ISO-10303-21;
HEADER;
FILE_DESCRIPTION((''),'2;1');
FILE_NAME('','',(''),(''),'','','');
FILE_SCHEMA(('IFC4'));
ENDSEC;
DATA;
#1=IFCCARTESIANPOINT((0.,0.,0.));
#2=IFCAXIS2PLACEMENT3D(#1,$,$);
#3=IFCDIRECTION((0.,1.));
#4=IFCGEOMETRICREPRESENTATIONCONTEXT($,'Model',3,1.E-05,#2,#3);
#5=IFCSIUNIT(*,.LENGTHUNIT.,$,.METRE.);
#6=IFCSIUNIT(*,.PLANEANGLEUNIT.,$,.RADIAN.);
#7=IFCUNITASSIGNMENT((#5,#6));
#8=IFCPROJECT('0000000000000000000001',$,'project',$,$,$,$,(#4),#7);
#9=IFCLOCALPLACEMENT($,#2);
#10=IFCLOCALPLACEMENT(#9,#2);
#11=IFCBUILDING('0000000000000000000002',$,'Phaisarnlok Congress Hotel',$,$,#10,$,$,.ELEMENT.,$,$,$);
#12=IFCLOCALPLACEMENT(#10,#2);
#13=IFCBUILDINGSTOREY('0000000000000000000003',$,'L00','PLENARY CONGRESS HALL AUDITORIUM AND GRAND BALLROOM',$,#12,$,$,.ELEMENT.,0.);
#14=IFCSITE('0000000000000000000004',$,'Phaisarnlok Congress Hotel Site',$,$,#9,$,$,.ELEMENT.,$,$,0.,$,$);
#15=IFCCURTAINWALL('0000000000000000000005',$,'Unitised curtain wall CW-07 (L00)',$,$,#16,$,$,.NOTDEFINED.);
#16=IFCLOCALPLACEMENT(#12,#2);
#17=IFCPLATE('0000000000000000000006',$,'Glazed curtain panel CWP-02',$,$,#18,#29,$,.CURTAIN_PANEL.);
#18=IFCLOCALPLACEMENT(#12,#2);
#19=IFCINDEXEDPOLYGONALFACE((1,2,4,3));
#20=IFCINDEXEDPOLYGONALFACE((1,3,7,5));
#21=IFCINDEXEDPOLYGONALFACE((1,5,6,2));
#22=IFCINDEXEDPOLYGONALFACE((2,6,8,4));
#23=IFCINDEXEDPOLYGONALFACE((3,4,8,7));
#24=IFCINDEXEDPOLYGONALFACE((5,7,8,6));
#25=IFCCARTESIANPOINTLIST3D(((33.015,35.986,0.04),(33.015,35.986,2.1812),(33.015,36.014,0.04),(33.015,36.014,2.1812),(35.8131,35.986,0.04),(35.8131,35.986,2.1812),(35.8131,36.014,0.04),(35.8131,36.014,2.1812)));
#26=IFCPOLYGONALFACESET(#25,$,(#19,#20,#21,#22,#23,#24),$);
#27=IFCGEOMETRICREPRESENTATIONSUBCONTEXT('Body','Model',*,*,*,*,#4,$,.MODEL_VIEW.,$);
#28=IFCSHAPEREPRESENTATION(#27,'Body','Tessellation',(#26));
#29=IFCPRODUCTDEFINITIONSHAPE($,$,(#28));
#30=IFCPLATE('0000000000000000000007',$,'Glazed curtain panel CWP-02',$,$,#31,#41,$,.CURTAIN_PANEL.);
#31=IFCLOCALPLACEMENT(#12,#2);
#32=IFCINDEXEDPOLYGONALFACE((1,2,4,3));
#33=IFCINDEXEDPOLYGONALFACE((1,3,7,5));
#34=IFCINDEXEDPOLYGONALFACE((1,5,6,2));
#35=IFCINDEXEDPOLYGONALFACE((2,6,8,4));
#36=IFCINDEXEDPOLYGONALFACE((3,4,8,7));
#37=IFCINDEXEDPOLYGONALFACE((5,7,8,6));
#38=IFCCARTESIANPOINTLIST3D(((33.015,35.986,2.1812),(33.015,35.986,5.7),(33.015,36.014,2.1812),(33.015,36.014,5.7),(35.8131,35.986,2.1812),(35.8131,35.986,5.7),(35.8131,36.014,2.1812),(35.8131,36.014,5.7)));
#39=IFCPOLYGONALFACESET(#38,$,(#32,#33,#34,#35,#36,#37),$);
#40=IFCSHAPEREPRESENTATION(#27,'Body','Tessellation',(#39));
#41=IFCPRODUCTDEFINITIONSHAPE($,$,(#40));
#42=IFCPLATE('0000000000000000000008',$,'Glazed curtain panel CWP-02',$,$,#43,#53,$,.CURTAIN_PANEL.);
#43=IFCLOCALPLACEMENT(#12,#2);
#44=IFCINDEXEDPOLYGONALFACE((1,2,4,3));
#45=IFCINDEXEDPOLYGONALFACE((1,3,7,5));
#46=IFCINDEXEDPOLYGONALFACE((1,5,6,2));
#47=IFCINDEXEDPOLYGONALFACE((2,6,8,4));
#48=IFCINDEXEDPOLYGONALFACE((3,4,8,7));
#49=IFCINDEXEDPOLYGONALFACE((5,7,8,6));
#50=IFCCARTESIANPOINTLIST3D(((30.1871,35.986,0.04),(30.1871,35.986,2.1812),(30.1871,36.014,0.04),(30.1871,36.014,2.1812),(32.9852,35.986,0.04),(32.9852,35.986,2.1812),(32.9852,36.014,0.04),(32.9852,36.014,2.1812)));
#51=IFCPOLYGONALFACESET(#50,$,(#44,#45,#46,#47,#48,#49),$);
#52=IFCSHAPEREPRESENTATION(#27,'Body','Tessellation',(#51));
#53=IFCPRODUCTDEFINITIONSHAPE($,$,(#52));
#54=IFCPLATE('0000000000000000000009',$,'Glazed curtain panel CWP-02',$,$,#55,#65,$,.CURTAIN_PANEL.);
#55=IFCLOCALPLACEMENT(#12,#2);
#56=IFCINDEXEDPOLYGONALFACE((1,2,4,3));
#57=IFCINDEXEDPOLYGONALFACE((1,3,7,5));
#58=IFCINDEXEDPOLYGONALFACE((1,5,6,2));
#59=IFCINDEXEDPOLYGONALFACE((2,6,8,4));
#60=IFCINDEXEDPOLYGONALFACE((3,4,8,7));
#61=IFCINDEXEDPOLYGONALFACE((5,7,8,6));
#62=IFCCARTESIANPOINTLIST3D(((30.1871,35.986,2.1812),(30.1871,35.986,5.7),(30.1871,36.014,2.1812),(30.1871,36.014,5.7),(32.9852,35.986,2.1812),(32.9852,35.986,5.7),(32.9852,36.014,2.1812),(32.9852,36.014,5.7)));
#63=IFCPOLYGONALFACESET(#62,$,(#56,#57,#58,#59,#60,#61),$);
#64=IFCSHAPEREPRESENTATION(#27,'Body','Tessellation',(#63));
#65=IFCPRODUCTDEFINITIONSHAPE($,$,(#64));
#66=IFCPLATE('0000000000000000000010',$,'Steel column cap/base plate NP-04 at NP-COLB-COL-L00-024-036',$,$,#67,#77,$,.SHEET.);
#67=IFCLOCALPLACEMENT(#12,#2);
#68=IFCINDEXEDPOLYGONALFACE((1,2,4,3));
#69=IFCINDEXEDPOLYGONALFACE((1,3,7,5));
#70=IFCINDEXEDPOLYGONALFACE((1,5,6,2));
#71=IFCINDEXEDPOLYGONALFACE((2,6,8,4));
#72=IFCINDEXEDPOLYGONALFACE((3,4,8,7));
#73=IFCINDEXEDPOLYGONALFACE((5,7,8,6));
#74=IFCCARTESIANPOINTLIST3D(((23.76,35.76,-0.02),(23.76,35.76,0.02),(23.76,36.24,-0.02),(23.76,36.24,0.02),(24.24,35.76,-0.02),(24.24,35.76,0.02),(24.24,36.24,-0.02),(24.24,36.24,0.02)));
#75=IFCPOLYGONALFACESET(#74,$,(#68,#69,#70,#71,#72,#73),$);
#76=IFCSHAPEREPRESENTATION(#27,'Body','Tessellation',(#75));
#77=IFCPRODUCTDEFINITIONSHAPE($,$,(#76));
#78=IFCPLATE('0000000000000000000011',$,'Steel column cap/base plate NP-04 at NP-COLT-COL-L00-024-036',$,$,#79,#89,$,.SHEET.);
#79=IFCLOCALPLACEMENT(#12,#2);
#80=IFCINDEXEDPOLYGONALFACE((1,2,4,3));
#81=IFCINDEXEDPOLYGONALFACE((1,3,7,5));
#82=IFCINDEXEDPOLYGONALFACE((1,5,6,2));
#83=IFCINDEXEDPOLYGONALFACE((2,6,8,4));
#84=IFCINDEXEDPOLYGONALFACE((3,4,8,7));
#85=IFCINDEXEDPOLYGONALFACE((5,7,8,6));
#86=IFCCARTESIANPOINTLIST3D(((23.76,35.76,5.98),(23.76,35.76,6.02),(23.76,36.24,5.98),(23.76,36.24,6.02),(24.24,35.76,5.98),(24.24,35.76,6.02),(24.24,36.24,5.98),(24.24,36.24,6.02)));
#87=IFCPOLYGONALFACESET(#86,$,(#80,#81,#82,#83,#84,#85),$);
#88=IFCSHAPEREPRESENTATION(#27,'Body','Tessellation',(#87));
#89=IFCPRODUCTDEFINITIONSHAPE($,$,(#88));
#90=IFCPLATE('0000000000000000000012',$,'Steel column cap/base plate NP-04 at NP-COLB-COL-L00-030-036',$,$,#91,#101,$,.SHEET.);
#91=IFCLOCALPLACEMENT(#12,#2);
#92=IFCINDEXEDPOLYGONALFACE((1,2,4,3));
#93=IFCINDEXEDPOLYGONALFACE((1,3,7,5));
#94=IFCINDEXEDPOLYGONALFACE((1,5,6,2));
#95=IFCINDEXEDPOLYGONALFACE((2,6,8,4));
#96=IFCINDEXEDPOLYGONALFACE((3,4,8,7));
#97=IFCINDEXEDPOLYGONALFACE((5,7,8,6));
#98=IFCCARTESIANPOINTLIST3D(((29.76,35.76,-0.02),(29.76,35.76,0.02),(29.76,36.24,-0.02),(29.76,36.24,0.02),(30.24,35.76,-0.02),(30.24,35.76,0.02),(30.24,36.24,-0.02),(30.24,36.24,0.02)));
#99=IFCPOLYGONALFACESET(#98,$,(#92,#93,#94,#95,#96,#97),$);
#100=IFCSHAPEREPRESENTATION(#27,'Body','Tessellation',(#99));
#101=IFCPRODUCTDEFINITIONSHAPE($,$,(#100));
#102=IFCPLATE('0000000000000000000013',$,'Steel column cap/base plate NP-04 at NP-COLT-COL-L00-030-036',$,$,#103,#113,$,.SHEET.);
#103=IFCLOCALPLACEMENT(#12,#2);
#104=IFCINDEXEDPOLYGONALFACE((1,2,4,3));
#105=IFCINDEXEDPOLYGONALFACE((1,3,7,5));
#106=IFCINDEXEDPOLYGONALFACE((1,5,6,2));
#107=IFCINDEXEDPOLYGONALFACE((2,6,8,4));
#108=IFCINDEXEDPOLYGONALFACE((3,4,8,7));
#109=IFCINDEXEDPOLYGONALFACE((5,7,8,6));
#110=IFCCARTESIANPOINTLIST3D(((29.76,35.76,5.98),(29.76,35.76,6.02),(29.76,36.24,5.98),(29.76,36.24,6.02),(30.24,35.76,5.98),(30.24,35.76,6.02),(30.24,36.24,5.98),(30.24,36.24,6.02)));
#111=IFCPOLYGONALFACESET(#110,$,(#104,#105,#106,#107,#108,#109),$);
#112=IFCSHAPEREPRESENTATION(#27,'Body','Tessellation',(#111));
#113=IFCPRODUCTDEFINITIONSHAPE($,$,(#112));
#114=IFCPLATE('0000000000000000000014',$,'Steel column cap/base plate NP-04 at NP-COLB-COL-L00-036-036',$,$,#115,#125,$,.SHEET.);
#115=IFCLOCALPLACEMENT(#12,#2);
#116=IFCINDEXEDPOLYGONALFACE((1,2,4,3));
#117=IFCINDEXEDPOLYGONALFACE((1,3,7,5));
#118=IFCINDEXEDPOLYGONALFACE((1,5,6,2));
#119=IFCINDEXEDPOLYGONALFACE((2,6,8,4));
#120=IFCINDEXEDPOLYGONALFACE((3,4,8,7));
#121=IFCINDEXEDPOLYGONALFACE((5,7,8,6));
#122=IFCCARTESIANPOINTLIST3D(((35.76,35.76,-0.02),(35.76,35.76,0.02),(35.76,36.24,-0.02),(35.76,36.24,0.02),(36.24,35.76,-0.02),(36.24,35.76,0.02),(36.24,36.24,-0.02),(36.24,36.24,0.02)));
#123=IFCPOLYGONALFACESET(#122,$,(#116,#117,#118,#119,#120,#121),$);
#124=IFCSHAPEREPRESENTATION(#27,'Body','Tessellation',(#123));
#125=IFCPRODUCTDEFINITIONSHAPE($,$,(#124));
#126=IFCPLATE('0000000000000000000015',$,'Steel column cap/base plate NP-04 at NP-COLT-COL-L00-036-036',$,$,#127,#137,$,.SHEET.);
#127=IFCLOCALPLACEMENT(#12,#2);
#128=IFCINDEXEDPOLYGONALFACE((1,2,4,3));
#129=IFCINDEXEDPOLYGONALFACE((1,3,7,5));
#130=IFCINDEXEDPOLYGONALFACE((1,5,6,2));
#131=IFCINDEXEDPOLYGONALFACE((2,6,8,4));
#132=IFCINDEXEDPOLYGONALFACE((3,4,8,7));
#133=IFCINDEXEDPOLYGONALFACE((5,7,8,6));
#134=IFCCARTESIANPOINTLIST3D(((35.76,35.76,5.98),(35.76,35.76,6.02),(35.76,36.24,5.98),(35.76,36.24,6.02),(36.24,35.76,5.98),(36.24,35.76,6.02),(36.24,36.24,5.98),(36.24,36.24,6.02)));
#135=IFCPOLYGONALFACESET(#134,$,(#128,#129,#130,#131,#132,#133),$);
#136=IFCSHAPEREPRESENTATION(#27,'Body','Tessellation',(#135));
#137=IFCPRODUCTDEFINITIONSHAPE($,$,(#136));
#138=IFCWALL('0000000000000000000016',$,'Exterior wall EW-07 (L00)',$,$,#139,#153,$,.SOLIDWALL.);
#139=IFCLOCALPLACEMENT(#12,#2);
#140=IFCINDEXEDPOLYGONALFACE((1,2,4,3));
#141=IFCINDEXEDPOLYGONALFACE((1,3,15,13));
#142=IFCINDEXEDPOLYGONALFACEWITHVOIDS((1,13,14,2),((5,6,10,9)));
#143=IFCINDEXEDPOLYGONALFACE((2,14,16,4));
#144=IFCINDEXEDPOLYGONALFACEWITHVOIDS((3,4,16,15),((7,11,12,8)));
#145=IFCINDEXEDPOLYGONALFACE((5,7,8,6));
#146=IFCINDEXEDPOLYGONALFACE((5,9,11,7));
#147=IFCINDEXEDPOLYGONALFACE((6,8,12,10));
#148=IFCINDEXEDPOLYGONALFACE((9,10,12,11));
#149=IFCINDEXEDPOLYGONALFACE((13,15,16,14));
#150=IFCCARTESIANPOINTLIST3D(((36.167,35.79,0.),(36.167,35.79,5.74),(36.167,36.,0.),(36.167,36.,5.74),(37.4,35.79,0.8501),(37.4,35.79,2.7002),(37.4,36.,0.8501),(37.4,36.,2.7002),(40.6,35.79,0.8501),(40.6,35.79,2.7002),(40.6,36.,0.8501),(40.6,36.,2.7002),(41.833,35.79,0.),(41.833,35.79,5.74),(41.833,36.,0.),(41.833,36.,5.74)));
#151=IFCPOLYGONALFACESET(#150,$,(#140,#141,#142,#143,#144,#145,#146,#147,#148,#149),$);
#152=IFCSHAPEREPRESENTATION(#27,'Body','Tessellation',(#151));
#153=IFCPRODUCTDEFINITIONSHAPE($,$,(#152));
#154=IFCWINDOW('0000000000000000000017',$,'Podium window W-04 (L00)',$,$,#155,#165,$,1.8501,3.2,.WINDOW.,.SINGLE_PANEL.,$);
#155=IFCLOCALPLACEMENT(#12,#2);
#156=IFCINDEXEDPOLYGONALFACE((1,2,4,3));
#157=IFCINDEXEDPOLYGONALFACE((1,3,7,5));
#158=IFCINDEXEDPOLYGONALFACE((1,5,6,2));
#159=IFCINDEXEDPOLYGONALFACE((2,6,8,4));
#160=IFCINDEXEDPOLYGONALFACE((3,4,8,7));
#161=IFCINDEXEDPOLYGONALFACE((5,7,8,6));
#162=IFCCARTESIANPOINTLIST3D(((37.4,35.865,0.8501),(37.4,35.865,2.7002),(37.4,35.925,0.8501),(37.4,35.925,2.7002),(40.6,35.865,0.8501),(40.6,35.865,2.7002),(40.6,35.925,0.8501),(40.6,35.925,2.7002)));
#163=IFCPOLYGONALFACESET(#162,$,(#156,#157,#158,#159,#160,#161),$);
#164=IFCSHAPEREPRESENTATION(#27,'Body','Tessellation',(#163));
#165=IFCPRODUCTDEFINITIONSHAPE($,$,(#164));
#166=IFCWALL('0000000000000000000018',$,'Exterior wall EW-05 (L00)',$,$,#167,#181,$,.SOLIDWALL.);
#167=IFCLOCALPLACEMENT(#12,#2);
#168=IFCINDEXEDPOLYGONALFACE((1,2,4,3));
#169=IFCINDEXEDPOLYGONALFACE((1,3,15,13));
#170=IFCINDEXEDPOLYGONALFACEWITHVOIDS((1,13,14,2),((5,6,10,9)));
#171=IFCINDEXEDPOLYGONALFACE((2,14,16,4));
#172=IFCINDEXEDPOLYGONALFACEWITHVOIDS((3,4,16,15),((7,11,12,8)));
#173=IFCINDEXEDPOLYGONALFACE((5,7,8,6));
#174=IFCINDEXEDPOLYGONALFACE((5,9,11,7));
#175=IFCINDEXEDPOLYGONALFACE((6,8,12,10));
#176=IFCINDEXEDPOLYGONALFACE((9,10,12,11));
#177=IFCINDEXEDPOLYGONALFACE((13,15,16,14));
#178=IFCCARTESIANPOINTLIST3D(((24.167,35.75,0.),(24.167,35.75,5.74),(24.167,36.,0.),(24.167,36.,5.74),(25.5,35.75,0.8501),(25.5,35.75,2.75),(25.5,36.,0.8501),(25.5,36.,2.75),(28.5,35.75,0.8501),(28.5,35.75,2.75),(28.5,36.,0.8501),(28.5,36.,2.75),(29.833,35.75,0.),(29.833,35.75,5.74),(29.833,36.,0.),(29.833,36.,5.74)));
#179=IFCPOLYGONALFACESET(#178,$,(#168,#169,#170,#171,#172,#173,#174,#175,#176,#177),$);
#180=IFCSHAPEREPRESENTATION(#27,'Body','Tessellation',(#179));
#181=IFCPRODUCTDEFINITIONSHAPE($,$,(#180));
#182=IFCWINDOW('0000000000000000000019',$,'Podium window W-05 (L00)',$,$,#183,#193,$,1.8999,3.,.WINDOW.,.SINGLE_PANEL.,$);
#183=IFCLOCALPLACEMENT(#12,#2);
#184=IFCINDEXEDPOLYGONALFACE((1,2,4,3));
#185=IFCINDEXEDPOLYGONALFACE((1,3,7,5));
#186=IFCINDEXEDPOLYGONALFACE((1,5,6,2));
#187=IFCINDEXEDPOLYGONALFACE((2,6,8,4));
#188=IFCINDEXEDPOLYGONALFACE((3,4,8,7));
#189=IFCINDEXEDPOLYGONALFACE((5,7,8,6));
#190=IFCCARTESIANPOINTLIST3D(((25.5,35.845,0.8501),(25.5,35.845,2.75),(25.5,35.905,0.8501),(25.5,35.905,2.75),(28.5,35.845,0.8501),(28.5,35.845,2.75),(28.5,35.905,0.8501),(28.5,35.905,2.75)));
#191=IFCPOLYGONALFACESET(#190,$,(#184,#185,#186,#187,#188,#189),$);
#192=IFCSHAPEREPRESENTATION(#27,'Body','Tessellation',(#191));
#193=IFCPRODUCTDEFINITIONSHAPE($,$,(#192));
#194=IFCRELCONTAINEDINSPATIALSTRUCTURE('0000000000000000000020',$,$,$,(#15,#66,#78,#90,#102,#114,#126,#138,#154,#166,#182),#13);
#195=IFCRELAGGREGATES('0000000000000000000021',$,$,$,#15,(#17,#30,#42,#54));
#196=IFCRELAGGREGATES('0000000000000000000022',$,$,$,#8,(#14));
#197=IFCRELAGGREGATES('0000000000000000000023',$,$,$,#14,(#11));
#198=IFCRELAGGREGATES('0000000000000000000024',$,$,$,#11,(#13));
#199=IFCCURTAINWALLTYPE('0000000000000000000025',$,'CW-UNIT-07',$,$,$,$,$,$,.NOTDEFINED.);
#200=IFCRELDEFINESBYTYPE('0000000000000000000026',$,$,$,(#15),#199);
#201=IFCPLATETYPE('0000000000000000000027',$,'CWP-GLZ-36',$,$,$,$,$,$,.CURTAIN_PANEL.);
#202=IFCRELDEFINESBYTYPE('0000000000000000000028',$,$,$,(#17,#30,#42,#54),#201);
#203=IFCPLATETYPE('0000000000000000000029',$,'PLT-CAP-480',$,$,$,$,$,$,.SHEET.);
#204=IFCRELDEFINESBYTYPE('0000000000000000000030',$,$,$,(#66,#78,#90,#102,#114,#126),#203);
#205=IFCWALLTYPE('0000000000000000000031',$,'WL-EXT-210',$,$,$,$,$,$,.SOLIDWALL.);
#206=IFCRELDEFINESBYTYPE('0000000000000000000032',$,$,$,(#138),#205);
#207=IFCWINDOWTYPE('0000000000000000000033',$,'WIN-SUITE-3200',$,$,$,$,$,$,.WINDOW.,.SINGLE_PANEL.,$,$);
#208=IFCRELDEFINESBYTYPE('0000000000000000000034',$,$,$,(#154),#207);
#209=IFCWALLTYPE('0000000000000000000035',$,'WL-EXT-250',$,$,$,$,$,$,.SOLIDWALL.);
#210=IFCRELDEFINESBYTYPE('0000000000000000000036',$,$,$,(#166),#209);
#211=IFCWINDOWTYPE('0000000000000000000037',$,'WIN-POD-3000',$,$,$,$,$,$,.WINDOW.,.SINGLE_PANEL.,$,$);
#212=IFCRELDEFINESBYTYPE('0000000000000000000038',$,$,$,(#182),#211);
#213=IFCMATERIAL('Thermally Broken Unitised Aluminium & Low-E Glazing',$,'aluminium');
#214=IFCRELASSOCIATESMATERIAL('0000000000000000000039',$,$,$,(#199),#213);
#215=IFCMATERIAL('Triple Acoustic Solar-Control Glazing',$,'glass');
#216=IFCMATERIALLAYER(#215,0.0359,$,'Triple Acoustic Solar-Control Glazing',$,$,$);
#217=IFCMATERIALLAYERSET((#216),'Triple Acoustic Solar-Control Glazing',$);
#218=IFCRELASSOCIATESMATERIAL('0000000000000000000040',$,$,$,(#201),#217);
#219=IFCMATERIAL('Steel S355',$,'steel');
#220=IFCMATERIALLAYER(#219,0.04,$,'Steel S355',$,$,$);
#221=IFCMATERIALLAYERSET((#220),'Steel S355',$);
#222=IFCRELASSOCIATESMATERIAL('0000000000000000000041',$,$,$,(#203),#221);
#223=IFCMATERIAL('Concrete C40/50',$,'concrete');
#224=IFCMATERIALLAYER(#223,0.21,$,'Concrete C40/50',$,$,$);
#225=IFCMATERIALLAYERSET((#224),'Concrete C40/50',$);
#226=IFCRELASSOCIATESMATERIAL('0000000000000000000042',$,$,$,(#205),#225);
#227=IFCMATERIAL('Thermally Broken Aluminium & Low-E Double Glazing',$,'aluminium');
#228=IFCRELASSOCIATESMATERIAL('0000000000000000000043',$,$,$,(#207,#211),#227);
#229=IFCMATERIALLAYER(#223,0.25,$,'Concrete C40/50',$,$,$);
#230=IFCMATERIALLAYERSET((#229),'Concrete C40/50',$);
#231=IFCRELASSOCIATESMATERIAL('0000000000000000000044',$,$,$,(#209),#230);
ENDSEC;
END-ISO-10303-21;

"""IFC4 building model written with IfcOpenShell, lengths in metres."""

from ifc_helpers import new_model, si_unit, direction, frame, frame_2d, origin, origin_2d, place, context, subcontext, project, spatial, rectangle, extrude, material, layer, layer_set, type_object, element, fill, aggregate, save


model = new_model("IFC4")

# Units and contexts
model_context = context("Model", 3, precision=1e-05, world=origin(), true_north=direction((0.0, 1.0)))
body_context = subcontext(model_context, "Body", "Model", "MODEL_VIEW")
ifc_project = project(units=[si_unit("LENGTHUNIT", "METRE"), si_unit("PLANEANGLEUNIT", "RADIAN")], contexts=[model_context])

# Site, building, storey
site_placement = place(None, origin())
site = spatial("IfcSite", under=ifc_project, at=site_placement, Name="Phaisarnlok Congress Hotel Site", CompositionType="ELEMENT", RefElevation=0.0)
building_placement = place(site_placement, origin())
building = spatial("IfcBuilding", under=site, at=building_placement, Name="Phaisarnlok Congress Hotel", CompositionType="ELEMENT")
storey_placement = place(building_placement, origin())
storey = spatial("IfcBuildingStorey", under=building, at=storey_placement, Name="L00", Description="PLENARY CONGRESS HALL AUDITORIUM AND GRAND BALLROOM", CompositionType="ELEMENT", Elevation=0.0)

# Shared definitions
ifc_material_1 = material(Name="Steel S355", Category="steel")

# Curtain wall
ifc_material_2 = material(Name="Thermally Broken Unitised Aluminium & Low-E Glazing", Category="aluminium")
curtain_wall_type = type_object("IfcCurtainWallType", Name="CW-UNIT-07", PredefinedType="NOTDEFINED", material=ifc_material_2)
curtain_wall_placement = place(storey_placement, origin())
curtain_wall = element("IfcCurtainWall", 1, at=curtain_wall_placement, inside=storey, type_object=curtain_wall_type, Name="Unitised curtain wall CW-07 (L00)", PredefinedType="NOTDEFINED")

# Shared definitions
ifc_material_3 = material(Name="Concrete C40/50", Category="concrete")

# Plates
ifc_material_4 = material(Name="Triple Acoustic Solar-Control Glazing", Category="glass")
ifc_layer_1 = layer(ifc_material_4, 0.0359, Name="Triple Acoustic Solar-Control Glazing")
ifc_layer_set_1 = layer_set([ifc_layer_1], Name="Triple Acoustic Solar-Control Glazing")
plate_type_1 = type_object("IfcPlateType", Name="CWP-GLZ-36", PredefinedType="CURTAIN_PANEL", material=ifc_layer_set_1)
plate_1_placement = place(storey_placement, frame((35.813, 36.0, 0.04), z_axis=(0.0, 0.0, 1.0), x_axis=(-1.0, 0.0, 0.0)))
plate_1 = element("IfcPlate", 2, at=plate_1_placement, type_object=plate_type_1, Name="Glazed curtain panel CWP-02", PredefinedType="CURTAIN_PANEL", context=body_context, shape_type="SweptSolid", body=[
    extrude(rectangle(XDim=2.7981, YDim=0.0281, at=frame_2d((1.3989, 0.0))), origin(), (0.0, 0.0, 1.0), 2.1411),
])
plate_2_placement = place(storey_placement, frame((35.813, 36.0, 2.1812), z_axis=(0.0, 0.0, 1.0), x_axis=(-1.0, 0.0, 0.0)))
plate_2 = element("IfcPlate", 3, at=plate_2_placement, type_object=plate_type_1, Name="Glazed curtain panel CWP-02", PredefinedType="CURTAIN_PANEL", context=body_context, shape_type="SweptSolid", body=[
    extrude(rectangle(XDim=2.7981, YDim=0.0281, at=frame_2d((1.3989, 0.0))), origin(), (0.0, 0.0, 1.0), 3.5188),
])
plate_3_placement = place(storey_placement, frame((32.9851, 36.0, 0.04), z_axis=(0.0, 0.0, 1.0), x_axis=(-1.0, 0.0, 0.0)))
plate_3 = element("IfcPlate", 4, at=plate_3_placement, type_object=plate_type_1, Name="Glazed curtain panel CWP-02", PredefinedType="CURTAIN_PANEL", context=body_context, shape_type="SweptSolid", body=[
    extrude(rectangle(XDim=2.7981, YDim=0.0281, at=frame_2d((1.3989, 0.0))), origin(), (0.0, 0.0, 1.0), 2.1411),
])
plate_4_placement = place(storey_placement, frame((32.9851, 36.0, 2.1812), z_axis=(0.0, 0.0, 1.0), x_axis=(-1.0, 0.0, 0.0)))
plate_4 = element("IfcPlate", 5, at=plate_4_placement, type_object=plate_type_1, Name="Glazed curtain panel CWP-02", PredefinedType="CURTAIN_PANEL", context=body_context, shape_type="SweptSolid", body=[
    extrude(rectangle(XDim=2.7981, YDim=0.0281, at=frame_2d((1.3989, 0.0))), origin(), (0.0, 0.0, 1.0), 3.5188),
])
aggregate(curtain_wall, [plate_1, plate_2, plate_3, plate_4])

# Plates
ifc_layer_2 = layer(ifc_material_1, 0.04, Name="Steel S355")
ifc_layer_set_2 = layer_set([ifc_layer_2], Name="Steel S355")
plate_type_2 = type_object("IfcPlateType", Name="PLT-CAP-480", PredefinedType="SHEET", material=ifc_layer_set_2)
for number, where, z_axis, x_axis, name in (
    (6, (24.0, 36.0, -0.02), (0.0, 0.0, 1.0), (1.0, 0.0, 0.0), "Steel column cap/base plate NP-04 at NP-COLB-COL-L00-024-036"),
    (7, (24.0, 36.0, 5.98), (0.0, 0.0, 1.0), (1.0, 0.0, 0.0), "Steel column cap/base plate NP-04 at NP-COLT-COL-L00-024-036"),
    (8, (30.0, 36.0, -0.02), (0.0, 0.0, 1.0), (1.0, 0.0, 0.0), "Steel column cap/base plate NP-04 at NP-COLB-COL-L00-030-036"),
    (9, (30.0, 36.0, 5.98), (0.0, 0.0, 1.0), (1.0, 0.0, 0.0), "Steel column cap/base plate NP-04 at NP-COLT-COL-L00-030-036"),
    (10, (36.0, 36.0, -0.02), (0.0, 0.0, 1.0), (1.0, 0.0, 0.0), "Steel column cap/base plate NP-04 at NP-COLB-COL-L00-036-036"),
    (11, (36.0, 36.0, 5.98), (0.0, 0.0, 1.0), (1.0, 0.0, 0.0), "Steel column cap/base plate NP-04 at NP-COLT-COL-L00-036-036"),
):
    element("IfcPlate", number, at=place(storey_placement, frame(where, z_axis=z_axis, x_axis=x_axis)), inside=storey, type_object=plate_type_2, Name=name, PredefinedType="SHEET", context=body_context, shape_type="SweptSolid", body=[
        extrude(rectangle(XDim=0.48, YDim=0.48, at=origin_2d()), origin(), (0.0, 0.0, 1.0), 0.04),
    ])

# Walls, openings, windows
ifc_layer_3 = layer(ifc_material_3, 0.21, Name="Concrete C40/50")
ifc_layer_set_3 = layer_set([ifc_layer_3], Name="Concrete C40/50")
wall_type_1 = type_object("IfcWallType", Name="WL-EXT-210", PredefinedType="SOLIDWALL", material=ifc_layer_set_3)
wall_1_placement = place(storey_placement, frame((41.833, 35.895, 0.0), z_axis=(0.0, 0.0, 1.0), x_axis=(-1.0, 0.0, 0.0)))
wall_1 = element("IfcWall", 12, at=wall_1_placement, inside=storey, type_object=wall_type_1, Name="Exterior wall EW-07 (L00)", PredefinedType="SOLIDWALL", context=body_context, shape_type="SweptSolid", body=[
    extrude(rectangle(XDim=5.666, YDim=0.21, at=frame_2d((2.833, 0.0))), origin(), (0.0, 0.0, 1.0), 5.74),
])
opening_1_placement = place(wall_1_placement, frame((1.2329, 0.0, 0.8501)))
opening_1 = element("IfcOpeningElement", 13, at=opening_1_placement, cuts=wall_1, PredefinedType="OPENING", context=body_context, shape_type="SweptSolid", body=[
    extrude(rectangle(XDim=3.2, YDim=1.8501, at=frame_2d((1.6001, 0.925))), frame((0.0, 0.115, 0.0), z_axis=(0.0, -1.0, 0.0), x_axis=(1.0, 0.0, 0.0)), (0.0, 0.0, 1.0), 0.23),
])
ifc_material_5 = material(Name="Thermally Broken Aluminium & Low-E Double Glazing", Category="aluminium")
window_type_1 = type_object("IfcWindowType", Name="WIN-SUITE-3200", PartitioningType="SINGLE_PANEL", PredefinedType="WINDOW", material=ifc_material_5)
window_1_placement = place(opening_1_placement, origin())
window_1 = element("IfcWindow", 14, at=window_1_placement, inside=storey, type_object=window_type_1, Name="Podium window W-04 (L00)", OverallHeight=1.8501, OverallWidth=3.2, PartitioningType="SINGLE_PANEL", PredefinedType="WINDOW", context=body_context, shape_type="SweptSolid", body=[
    extrude(rectangle(XDim=3.2, YDim=1.8501, at=frame_2d((1.6001, 0.925))), frame((0.0, 0.03, 0.0), z_axis=(0.0, -1.0, 0.0), x_axis=(1.0, 0.0, 0.0)), (0.0, 0.0, 1.0), 0.0601),
])
fill(opening_1, window_1)
ifc_layer_4 = layer(ifc_material_3, 0.25, Name="Concrete C40/50")
ifc_layer_set_4 = layer_set([ifc_layer_4], Name="Concrete C40/50")
wall_type_2 = type_object("IfcWallType", Name="WL-EXT-250", PredefinedType="SOLIDWALL", material=ifc_layer_set_4)
wall_2_placement = place(storey_placement, frame((29.833, 35.875, 0.0), z_axis=(0.0, 0.0, 1.0), x_axis=(-1.0, 0.0, 0.0)))
wall_2 = element("IfcWall", 15, at=wall_2_placement, inside=storey, type_object=wall_type_2, Name="Exterior wall EW-05 (L00)", PredefinedType="SOLIDWALL", context=body_context, shape_type="SweptSolid", body=[
    extrude(rectangle(XDim=5.666, YDim=0.25, at=frame_2d((2.833, 0.0))), origin(), (0.0, 0.0, 1.0), 5.74),
])
opening_2_placement = place(wall_2_placement, frame((1.333, 0.0, 0.8501)))
opening_2 = element("IfcOpeningElement", 16, at=opening_2_placement, cuts=wall_2, PredefinedType="OPENING", context=body_context, shape_type="SweptSolid", body=[
    extrude(rectangle(XDim=3.0, YDim=1.8999, at=frame_2d((1.5, 0.95))), frame((0.0, 0.135, 0.0), z_axis=(0.0, -1.0, 0.0), x_axis=(1.0, 0.0, 0.0)), (0.0, 0.0, 1.0), 0.27),
])
window_type_2 = type_object("IfcWindowType", Name="WIN-POD-3000", PartitioningType="SINGLE_PANEL", PredefinedType="WINDOW", material=ifc_material_5)
window_2_placement = place(opening_2_placement, origin())
window_2 = element("IfcWindow", 17, at=window_2_placement, inside=storey, type_object=window_type_2, Name="Podium window W-05 (L00)", OverallHeight=1.8999, OverallWidth=3.0, PartitioningType="SINGLE_PANEL", PredefinedType="WINDOW", context=body_context, shape_type="SweptSolid", body=[
    extrude(rectangle(XDim=3.0, YDim=1.8999, at=frame_2d((1.5, 0.95))), frame((0.0, 0.03, 0.0), z_axis=(0.0, -1.0, 0.0), x_axis=(1.0, 0.0, 0.0)), (0.0, 0.0, 1.0), 0.0601),
])
fill(opening_2, window_2)

save(model, "model.ifc")
